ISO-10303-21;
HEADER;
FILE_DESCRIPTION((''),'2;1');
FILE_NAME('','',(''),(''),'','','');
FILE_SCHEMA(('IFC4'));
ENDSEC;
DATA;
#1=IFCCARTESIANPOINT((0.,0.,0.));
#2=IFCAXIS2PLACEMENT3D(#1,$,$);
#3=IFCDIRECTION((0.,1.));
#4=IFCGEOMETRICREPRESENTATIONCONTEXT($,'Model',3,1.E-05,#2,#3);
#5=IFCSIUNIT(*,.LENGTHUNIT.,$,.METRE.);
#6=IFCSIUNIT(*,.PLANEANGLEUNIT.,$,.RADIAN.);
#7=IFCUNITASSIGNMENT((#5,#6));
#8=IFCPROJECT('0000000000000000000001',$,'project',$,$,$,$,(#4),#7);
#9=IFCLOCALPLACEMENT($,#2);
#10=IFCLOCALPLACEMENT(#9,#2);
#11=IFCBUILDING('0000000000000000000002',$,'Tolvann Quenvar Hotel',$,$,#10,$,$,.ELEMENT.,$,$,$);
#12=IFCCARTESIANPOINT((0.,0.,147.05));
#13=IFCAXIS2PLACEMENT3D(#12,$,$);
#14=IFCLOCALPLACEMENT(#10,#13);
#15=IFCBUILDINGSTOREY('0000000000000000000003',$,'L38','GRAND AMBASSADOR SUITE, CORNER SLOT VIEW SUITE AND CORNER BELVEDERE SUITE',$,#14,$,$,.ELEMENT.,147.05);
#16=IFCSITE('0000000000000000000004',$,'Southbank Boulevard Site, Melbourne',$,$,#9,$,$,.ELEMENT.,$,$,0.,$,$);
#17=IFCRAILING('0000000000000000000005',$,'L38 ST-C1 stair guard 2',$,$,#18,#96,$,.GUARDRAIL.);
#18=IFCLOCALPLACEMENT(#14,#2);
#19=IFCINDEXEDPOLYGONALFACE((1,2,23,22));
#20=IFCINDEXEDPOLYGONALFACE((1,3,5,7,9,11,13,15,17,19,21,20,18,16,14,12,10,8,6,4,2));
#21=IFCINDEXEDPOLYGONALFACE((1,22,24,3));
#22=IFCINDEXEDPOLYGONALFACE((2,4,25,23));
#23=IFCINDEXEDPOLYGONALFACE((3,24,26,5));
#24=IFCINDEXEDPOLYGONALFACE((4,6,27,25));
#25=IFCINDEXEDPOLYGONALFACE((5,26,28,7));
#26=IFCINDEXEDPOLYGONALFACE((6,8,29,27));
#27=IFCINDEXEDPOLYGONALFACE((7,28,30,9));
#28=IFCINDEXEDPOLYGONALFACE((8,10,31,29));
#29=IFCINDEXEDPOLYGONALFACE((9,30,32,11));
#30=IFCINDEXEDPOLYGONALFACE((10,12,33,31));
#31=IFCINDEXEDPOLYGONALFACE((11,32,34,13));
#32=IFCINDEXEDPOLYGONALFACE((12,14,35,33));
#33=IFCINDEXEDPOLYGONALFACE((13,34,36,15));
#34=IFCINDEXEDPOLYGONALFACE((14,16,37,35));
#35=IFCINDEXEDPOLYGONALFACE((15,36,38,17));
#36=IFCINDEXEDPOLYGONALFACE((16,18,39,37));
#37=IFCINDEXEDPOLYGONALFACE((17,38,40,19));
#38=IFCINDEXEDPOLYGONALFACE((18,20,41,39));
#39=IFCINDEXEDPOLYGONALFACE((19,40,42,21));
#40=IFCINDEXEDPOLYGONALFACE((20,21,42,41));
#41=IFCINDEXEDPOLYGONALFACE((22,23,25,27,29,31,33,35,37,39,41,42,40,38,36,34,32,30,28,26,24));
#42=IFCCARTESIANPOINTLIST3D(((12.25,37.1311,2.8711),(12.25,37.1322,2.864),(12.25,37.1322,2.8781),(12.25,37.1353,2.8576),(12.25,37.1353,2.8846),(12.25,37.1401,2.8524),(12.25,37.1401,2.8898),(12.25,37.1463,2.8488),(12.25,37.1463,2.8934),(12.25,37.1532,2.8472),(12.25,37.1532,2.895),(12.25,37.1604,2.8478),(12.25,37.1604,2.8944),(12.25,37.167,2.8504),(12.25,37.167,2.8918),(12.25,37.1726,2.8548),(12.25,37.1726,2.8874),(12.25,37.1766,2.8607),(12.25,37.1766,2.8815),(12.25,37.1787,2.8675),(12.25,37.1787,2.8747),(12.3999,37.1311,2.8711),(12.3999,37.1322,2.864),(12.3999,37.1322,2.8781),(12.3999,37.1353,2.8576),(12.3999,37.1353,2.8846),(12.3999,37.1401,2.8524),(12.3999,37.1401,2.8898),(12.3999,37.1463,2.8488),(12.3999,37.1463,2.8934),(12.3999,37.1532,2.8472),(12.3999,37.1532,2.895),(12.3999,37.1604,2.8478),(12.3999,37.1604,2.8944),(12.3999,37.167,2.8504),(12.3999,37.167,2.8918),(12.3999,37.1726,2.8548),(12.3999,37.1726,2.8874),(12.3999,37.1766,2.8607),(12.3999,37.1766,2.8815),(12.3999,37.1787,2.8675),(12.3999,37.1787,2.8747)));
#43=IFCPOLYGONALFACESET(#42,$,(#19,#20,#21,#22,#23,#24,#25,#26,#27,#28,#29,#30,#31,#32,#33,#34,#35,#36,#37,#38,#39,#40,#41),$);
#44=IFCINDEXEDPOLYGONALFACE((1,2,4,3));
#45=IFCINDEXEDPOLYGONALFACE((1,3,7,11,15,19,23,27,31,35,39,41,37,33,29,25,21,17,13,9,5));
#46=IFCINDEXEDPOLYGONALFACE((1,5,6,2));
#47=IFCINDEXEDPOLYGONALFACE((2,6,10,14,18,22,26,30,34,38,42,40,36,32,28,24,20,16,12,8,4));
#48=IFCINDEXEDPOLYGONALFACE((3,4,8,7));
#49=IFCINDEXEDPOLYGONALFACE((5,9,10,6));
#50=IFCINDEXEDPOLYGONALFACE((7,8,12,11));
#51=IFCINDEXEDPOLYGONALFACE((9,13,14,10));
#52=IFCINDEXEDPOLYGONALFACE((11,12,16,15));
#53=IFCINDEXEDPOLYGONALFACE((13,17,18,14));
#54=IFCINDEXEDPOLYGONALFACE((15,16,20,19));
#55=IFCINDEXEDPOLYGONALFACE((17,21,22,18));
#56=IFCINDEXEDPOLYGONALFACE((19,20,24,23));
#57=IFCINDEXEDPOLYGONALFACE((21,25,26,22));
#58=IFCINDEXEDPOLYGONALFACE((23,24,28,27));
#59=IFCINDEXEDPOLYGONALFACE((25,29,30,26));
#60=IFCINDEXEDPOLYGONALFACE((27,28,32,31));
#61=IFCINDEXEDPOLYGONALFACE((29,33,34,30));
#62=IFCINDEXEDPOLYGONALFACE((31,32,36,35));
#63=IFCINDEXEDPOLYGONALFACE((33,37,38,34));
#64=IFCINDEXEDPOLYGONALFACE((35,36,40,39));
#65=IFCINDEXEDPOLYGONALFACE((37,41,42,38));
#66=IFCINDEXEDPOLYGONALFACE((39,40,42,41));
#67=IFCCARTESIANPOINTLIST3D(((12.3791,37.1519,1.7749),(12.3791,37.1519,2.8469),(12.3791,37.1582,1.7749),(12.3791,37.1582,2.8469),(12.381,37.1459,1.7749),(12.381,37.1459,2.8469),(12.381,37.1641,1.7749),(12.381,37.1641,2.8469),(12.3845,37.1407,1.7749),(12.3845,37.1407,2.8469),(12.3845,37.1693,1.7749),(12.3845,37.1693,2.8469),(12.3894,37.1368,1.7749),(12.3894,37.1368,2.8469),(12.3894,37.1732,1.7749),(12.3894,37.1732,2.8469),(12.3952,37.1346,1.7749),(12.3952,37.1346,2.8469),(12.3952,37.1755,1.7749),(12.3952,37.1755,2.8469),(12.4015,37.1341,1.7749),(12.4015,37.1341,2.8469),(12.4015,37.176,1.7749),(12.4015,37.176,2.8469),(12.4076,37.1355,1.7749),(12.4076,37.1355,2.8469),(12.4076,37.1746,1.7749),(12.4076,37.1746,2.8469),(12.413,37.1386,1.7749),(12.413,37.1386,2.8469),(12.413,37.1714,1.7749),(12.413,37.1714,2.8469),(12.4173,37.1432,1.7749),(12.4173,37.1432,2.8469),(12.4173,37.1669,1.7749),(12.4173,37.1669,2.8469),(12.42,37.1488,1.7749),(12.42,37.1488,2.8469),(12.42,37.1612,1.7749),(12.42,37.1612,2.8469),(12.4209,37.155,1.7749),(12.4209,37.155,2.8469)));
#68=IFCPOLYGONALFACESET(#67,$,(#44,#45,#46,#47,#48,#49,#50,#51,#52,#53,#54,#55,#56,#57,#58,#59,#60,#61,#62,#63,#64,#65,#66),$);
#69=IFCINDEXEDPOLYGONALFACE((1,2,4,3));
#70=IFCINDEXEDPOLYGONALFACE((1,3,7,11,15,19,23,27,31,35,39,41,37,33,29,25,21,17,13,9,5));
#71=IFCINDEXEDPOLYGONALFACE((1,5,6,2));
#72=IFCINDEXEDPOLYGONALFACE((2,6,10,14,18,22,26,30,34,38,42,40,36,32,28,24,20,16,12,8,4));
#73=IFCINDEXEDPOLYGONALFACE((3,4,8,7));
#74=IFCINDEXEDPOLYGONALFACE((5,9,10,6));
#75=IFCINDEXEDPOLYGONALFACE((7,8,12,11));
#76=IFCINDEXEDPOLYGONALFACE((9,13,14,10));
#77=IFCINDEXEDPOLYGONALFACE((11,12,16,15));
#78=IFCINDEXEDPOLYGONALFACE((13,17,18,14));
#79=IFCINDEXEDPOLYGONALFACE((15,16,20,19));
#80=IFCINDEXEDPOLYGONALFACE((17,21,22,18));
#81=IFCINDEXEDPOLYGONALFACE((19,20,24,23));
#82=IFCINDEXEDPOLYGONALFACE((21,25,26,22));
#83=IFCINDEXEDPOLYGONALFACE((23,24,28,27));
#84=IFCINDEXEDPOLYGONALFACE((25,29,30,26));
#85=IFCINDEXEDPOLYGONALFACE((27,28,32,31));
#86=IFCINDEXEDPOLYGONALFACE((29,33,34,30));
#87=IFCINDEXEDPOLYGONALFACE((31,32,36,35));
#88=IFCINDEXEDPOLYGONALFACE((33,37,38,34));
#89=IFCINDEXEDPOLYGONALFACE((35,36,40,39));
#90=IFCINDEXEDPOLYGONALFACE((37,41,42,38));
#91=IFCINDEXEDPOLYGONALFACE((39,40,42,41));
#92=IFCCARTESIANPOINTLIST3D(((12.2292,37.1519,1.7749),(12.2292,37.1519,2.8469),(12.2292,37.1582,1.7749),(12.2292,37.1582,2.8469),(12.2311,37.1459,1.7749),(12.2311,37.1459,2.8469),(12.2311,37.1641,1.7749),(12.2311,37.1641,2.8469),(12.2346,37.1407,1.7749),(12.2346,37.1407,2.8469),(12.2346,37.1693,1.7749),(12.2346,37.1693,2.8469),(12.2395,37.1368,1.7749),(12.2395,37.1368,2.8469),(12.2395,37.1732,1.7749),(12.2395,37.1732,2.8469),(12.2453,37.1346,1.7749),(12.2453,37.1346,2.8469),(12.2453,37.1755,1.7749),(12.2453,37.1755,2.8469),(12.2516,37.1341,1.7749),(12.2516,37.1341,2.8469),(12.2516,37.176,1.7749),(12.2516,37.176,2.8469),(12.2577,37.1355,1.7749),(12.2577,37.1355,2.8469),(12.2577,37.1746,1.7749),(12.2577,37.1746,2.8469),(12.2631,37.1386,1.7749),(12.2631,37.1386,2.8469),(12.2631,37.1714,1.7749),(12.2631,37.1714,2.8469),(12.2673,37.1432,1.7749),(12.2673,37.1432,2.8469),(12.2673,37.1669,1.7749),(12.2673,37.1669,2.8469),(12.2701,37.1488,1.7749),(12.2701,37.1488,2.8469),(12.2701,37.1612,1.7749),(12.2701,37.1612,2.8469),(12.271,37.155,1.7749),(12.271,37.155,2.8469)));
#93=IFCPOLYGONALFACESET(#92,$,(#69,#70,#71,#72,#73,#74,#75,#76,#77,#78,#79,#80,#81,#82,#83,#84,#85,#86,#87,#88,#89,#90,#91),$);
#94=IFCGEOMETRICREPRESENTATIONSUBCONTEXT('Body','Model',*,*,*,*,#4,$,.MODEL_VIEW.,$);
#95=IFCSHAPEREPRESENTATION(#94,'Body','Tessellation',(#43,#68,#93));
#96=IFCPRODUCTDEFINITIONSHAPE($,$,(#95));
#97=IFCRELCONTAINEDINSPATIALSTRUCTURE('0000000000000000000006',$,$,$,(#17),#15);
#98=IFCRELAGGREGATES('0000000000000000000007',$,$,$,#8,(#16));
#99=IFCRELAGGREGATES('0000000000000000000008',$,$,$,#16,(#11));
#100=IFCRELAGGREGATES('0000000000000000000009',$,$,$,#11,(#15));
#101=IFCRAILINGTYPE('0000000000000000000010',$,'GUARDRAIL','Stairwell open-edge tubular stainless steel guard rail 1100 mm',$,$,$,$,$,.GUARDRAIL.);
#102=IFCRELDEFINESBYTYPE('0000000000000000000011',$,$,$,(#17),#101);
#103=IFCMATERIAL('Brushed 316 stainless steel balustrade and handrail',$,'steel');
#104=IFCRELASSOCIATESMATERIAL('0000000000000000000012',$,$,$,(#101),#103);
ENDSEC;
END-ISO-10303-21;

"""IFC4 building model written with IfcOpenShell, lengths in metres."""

from ifc_helpers import new_model, si_unit, direction, frame, origin, origin_2d, place, context, subcontext, project, spatial, circle, extrude, material, type_object, element, save


model = new_model("IFC4")

# Units and contexts
model_context = context("Model", 3, precision=1e-05, world=origin(), true_north=direction((0.0, 1.0)))
body_context = subcontext(model_context, "Body", "Model", "MODEL_VIEW")
ifc_project = project(units=[si_unit("LENGTHUNIT", "METRE"), si_unit("PLANEANGLEUNIT", "RADIAN")], contexts=[model_context])

# Site, building, storey
site_placement = place(None, origin())
site = spatial("IfcSite", under=ifc_project, at=site_placement, Name="Southbank Boulevard Site, Melbourne", CompositionType="ELEMENT", RefElevation=0.0)
building_placement = place(site_placement, origin())
building = spatial("IfcBuilding", under=site, at=building_placement, Name="Tolvann Quenvar Hotel", CompositionType="ELEMENT")
storey_placement = place(building_placement, frame((0.0, 0.0, 147.05)))
storey = spatial("IfcBuildingStorey", under=building, at=storey_placement, Name="L38", Description="GRAND AMBASSADOR SUITE, CORNER SLOT VIEW SUITE AND CORNER BELVEDERE SUITE", CompositionType="ELEMENT", Elevation=147.05)

# Railing
ifc_material_1 = material(Name="Brushed 316 stainless steel balustrade and handrail", Category="steel")
railing_type_1 = type_object("IfcRailingType", Name="GUARDRAIL", Description="Stairwell open-edge tubular stainless steel guard rail 1100 mm", PredefinedType="GUARDRAIL", material=ifc_material_1)
railing_1_placement = place(storey_placement, frame((12.3999, 37.155, 1.7749)))
element("IfcRailing", 1, at=railing_1_placement, inside=storey, type_object=railing_type_1, Name="L38 ST-C1 stair guard 2", PredefinedType="GUARDRAIL", context=body_context, shape_type="SweptSolid", body=[
    extrude(circle(Radius=0.0239, at=origin_2d()), frame((0.0, 0.0, 1.0962), z_axis=(-1.0, 0.0, 0.0), x_axis=(0.0, -1.0, 0.0)), (0.0, 0.0, 1.0), 0.1499),
    extrude(circle(Radius=0.021, at=origin_2d()), origin(), (0.0, 0.0, 1.0), 1.072),
    extrude(circle(Radius=0.021, at=origin_2d()), frame((-0.1499, 0.0, 0.0)), (0.0, 0.0, 1.0), 1.072),
])

save(model, "model.ifc")
